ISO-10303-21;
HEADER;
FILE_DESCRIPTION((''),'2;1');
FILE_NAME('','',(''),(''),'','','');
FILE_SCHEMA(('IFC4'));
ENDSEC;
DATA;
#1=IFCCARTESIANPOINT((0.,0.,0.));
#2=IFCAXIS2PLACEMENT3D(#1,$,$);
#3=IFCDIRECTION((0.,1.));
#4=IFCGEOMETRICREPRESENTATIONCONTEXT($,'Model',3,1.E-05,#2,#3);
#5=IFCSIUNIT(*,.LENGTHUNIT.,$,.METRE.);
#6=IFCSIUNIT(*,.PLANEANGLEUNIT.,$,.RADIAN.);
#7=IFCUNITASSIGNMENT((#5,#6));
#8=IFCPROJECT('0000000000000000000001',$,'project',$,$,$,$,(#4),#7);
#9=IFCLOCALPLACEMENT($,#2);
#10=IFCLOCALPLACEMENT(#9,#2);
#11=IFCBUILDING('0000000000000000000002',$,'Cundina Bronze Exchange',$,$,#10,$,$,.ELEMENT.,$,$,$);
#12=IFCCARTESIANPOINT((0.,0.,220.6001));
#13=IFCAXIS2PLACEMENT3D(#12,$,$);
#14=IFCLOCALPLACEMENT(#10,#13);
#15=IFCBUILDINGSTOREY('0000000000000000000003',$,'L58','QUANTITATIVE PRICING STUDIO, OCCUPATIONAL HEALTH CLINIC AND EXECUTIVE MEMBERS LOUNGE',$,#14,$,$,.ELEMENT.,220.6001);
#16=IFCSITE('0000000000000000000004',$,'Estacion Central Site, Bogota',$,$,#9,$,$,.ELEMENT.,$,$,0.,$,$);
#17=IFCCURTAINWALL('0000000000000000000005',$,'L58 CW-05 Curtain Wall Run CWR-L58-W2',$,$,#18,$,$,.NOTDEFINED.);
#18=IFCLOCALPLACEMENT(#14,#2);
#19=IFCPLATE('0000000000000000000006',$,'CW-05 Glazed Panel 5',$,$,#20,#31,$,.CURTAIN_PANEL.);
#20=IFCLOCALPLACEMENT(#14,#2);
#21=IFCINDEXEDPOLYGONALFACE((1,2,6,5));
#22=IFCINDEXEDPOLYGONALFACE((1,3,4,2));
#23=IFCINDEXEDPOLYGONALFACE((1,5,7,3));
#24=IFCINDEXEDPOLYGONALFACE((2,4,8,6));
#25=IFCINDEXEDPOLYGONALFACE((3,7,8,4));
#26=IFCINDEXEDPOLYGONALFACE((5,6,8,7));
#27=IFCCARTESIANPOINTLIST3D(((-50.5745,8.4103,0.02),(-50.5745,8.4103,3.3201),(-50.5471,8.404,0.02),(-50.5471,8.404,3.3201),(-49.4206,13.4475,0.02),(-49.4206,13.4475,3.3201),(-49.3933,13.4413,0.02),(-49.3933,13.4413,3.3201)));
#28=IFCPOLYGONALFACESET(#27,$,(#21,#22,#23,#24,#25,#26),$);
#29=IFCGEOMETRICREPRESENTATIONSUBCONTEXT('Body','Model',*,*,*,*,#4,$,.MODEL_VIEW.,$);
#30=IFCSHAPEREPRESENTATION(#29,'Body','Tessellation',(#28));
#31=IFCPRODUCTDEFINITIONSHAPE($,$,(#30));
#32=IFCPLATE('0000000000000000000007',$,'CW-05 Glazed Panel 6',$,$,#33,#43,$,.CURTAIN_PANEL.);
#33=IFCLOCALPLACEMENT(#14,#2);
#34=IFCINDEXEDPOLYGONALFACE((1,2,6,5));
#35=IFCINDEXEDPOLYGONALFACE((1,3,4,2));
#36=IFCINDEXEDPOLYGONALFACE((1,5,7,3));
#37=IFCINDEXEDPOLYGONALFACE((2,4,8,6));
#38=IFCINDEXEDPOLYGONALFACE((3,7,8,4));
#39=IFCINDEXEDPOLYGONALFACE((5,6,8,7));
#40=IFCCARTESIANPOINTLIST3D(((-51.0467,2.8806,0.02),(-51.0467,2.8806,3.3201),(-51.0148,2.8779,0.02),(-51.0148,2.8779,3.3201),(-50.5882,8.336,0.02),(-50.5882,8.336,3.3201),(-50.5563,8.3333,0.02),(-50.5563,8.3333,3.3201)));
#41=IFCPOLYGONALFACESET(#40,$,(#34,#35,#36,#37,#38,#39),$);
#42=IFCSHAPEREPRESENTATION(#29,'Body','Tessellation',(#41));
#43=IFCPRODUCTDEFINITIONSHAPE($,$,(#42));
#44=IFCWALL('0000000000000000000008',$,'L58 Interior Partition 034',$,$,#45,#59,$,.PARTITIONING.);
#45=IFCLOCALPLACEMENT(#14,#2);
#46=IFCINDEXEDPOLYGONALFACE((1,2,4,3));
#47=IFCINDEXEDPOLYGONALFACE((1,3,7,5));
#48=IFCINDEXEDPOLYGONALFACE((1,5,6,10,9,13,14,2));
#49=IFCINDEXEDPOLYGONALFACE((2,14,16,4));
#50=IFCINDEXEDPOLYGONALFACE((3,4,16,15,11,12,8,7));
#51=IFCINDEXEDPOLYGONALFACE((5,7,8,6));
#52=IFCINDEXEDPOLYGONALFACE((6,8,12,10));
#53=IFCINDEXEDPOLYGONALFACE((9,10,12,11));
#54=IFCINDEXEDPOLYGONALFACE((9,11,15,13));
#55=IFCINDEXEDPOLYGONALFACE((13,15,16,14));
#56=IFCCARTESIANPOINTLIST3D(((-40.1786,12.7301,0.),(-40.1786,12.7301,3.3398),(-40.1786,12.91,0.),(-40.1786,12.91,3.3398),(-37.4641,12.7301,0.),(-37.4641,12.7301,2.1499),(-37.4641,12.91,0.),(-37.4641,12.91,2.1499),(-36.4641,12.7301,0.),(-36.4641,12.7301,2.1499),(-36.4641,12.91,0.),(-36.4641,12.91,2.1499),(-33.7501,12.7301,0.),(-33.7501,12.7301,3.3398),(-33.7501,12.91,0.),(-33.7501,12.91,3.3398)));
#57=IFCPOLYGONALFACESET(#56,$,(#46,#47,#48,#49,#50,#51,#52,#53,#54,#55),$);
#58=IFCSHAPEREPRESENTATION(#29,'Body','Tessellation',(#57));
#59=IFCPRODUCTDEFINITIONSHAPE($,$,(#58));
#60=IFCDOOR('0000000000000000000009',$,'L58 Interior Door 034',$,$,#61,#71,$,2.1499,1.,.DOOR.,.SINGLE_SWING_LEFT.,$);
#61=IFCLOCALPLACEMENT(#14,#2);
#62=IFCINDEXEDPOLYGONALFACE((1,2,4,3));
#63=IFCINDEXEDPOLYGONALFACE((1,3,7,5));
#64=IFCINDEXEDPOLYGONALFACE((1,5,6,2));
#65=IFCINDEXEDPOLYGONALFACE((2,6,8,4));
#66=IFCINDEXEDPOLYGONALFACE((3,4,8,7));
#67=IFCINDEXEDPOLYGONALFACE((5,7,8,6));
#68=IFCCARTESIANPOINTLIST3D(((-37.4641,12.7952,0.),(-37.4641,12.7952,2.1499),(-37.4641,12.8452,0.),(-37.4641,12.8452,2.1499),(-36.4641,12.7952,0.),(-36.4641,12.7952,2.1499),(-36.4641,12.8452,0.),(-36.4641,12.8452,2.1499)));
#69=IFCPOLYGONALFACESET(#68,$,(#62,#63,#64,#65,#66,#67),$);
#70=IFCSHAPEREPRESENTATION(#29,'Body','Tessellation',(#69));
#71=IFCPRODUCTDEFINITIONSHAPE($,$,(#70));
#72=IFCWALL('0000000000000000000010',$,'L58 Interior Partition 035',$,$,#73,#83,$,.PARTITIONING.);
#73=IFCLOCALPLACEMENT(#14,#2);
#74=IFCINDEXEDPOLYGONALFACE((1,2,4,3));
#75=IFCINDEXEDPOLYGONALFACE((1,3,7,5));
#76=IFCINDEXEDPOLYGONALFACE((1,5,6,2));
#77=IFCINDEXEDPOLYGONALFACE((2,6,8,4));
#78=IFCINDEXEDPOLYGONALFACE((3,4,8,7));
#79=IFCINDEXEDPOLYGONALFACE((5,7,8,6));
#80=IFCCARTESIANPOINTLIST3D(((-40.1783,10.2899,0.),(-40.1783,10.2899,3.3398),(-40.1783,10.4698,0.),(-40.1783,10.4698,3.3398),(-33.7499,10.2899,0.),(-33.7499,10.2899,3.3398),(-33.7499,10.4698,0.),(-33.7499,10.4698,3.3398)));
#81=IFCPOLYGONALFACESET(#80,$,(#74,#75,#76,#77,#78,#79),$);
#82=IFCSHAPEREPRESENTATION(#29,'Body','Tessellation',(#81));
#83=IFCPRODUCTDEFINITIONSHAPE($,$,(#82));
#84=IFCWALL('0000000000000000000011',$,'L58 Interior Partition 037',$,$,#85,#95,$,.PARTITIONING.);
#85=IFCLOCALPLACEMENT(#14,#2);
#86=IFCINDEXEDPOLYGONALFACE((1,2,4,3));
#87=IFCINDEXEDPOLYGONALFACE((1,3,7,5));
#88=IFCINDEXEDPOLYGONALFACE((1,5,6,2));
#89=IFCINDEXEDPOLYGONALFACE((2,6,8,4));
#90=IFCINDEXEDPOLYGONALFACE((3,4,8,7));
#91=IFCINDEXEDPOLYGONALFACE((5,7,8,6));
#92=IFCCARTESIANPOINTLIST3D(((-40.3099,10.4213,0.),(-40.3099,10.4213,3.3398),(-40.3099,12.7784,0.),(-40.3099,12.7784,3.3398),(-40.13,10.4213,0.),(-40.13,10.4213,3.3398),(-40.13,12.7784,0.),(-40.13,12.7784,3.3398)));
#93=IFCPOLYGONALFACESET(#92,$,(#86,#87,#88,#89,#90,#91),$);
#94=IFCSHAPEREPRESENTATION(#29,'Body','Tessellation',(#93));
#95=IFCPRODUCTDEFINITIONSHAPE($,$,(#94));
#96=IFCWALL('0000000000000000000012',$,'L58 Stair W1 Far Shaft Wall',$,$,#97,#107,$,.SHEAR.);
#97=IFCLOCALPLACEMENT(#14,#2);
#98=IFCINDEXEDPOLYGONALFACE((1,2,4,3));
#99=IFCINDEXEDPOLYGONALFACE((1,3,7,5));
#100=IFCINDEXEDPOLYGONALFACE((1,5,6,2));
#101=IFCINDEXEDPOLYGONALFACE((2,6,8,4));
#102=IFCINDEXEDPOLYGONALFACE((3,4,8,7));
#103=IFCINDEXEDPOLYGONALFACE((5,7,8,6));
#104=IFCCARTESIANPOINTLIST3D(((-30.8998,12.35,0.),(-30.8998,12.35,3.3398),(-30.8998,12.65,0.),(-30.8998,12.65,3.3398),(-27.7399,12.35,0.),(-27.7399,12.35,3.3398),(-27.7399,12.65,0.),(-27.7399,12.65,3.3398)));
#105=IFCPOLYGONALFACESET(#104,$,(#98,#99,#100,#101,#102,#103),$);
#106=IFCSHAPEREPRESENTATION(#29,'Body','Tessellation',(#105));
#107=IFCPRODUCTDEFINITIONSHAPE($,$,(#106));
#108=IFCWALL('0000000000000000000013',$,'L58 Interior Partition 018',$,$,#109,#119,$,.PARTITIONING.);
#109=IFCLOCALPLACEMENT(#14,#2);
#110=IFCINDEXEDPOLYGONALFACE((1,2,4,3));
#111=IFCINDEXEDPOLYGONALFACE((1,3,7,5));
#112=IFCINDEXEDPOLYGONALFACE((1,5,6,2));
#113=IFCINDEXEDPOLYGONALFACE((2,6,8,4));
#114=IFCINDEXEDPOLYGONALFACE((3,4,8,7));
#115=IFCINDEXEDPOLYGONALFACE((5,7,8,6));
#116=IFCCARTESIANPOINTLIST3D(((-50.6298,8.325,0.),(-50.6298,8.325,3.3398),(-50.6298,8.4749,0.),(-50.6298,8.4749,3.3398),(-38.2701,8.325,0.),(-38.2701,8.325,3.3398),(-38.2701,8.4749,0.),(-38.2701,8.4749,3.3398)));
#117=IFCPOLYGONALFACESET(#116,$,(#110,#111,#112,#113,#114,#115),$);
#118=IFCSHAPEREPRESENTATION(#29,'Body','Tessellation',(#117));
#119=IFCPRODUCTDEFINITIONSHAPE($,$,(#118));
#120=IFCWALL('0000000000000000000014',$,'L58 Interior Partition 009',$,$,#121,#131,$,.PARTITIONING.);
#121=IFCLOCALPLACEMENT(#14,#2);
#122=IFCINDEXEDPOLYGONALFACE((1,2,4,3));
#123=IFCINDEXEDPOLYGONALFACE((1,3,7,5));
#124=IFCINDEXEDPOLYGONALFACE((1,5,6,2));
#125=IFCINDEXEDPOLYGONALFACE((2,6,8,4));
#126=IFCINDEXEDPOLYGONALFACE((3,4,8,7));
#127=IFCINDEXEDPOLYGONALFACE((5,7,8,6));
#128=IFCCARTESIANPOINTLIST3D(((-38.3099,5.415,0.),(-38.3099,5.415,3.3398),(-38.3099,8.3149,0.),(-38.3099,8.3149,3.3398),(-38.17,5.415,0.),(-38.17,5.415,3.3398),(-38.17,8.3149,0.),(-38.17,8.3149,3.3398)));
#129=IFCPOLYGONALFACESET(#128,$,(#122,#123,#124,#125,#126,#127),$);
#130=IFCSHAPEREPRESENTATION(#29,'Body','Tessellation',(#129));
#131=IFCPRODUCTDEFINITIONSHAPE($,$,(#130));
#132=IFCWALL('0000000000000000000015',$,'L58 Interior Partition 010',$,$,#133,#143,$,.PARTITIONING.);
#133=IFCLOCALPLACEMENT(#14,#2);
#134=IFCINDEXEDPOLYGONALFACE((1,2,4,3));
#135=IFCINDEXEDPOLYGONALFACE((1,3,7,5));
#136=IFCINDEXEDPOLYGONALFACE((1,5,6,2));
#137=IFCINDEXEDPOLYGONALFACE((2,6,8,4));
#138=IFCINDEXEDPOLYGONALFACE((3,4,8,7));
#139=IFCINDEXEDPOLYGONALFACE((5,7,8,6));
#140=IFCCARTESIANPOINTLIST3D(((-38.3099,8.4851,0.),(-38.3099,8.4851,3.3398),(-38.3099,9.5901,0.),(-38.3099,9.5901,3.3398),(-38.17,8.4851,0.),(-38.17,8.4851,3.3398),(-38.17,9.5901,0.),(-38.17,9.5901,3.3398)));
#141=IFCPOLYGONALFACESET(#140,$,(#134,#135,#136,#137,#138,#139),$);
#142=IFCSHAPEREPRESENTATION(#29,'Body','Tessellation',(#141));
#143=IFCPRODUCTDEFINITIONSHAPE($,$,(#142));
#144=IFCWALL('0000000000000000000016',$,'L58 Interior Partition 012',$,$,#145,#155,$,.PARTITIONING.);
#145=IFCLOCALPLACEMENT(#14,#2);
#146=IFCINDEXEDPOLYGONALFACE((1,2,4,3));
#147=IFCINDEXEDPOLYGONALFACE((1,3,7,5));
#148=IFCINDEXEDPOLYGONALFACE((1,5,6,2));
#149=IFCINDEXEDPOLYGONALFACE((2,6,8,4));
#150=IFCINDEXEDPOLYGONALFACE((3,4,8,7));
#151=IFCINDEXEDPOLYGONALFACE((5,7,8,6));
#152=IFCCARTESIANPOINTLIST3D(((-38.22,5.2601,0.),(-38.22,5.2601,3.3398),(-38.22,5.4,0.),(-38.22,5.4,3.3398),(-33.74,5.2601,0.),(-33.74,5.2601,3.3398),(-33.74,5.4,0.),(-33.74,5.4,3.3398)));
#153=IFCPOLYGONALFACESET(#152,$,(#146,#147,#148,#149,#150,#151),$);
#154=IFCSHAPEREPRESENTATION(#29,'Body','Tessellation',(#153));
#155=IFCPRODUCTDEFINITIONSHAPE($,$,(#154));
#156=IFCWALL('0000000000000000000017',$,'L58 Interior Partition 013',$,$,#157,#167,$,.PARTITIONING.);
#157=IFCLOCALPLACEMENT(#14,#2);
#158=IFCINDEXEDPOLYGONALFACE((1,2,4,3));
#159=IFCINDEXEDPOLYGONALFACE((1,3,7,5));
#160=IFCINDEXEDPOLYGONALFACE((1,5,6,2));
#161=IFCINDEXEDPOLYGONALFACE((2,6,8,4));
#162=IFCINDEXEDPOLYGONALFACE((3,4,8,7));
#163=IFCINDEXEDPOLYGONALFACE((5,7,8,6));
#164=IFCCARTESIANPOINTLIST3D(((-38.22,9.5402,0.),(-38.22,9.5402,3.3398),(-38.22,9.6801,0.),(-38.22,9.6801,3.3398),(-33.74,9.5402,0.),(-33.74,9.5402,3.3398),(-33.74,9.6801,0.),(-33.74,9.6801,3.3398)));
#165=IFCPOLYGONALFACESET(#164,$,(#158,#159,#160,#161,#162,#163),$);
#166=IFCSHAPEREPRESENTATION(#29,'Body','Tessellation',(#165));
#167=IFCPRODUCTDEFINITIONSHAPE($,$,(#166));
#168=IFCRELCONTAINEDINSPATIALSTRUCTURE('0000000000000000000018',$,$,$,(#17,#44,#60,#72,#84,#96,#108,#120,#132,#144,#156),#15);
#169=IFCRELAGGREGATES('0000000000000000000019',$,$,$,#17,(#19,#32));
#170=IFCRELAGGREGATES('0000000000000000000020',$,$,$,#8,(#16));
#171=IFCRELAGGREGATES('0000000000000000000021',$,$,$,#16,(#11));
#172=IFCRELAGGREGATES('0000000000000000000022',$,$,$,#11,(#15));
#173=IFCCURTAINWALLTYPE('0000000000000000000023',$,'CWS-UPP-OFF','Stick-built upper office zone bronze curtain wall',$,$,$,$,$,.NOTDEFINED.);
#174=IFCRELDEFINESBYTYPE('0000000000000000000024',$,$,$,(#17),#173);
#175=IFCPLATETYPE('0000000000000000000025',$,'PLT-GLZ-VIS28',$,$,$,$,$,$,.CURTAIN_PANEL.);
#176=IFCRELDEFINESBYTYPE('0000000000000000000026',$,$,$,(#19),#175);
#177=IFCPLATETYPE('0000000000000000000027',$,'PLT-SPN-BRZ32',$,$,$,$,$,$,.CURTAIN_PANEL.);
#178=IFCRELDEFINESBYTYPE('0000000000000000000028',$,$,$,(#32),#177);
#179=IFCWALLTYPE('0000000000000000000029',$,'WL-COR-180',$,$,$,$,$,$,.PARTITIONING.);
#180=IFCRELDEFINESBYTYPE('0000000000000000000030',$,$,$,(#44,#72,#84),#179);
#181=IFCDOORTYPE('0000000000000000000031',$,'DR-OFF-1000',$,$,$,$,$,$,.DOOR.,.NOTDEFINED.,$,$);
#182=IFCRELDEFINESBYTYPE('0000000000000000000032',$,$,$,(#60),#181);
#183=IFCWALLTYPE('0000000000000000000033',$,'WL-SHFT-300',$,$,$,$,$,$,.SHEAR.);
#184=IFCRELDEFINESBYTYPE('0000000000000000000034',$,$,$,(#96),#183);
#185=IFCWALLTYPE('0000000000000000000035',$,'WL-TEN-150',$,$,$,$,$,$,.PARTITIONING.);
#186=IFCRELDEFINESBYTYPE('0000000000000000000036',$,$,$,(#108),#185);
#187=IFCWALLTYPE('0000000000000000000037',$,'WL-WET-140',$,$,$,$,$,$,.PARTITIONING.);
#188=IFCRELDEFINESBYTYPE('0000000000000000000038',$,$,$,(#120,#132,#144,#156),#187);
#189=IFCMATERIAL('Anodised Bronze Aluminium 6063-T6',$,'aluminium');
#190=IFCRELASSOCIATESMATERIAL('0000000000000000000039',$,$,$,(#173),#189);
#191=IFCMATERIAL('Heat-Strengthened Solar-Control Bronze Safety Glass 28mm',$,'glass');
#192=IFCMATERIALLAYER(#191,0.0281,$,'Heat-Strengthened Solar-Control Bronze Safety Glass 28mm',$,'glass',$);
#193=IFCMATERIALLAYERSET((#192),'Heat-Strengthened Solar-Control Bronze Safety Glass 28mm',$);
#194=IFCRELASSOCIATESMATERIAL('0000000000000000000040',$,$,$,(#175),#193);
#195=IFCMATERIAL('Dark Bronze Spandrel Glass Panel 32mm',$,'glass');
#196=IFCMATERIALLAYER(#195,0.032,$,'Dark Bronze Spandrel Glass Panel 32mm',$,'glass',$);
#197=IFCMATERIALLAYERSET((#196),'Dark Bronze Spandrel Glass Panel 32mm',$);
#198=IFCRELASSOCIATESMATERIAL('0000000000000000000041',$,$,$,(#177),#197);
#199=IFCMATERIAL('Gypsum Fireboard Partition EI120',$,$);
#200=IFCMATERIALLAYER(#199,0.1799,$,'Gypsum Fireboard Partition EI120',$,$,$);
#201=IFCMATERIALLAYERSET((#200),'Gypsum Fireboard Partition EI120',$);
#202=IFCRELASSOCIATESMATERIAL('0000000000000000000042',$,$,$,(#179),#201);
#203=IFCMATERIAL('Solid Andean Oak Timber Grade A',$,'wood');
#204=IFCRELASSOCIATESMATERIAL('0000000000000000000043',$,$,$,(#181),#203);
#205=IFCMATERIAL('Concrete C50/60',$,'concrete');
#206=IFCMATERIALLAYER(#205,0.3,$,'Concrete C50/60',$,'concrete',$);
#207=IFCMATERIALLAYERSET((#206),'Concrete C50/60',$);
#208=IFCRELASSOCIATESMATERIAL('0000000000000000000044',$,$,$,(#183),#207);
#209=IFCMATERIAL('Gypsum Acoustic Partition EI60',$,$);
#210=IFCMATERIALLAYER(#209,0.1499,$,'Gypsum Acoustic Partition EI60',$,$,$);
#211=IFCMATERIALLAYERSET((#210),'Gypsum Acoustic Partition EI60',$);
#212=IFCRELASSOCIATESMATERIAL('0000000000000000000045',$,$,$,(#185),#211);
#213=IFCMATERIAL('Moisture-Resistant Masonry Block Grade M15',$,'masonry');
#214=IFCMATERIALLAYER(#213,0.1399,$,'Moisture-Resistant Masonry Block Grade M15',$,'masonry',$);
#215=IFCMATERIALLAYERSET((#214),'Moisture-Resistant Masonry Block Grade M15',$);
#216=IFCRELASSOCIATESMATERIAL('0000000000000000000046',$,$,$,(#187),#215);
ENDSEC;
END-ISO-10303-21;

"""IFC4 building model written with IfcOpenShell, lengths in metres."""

from ifc_helpers import new_model, si_unit, direction, frame, frame_2d, origin, origin_2d, place, context, subcontext, project, spatial, rectangle, extrude, material, layer, layer_set, type_object, element, fill, aggregate, save


model = new_model("IFC4")

# Units and contexts
model_context = context("Model", 3, precision=1e-05, world=origin(), true_north=direction((0.0, 1.0)))
body_context = subcontext(model_context, "Body", "Model", "MODEL_VIEW")
ifc_project = project(units=[si_unit("LENGTHUNIT", "METRE"), si_unit("PLANEANGLEUNIT", "RADIAN")], contexts=[model_context])

# Site, building, storey
site_placement = place(None, origin())
site = spatial("IfcSite", under=ifc_project, at=site_placement, Name="Estacion Central Site, Bogota", CompositionType="ELEMENT", RefElevation=0.0)
building_placement = place(site_placement, origin())
building = spatial("IfcBuilding", under=site, at=building_placement, Name="Cundina Bronze Exchange", CompositionType="ELEMENT")
storey_placement = place(building_placement, frame((0.0, 0.0, 220.6001)))
storey = spatial("IfcBuildingStorey", under=building, at=storey_placement, Name="L58", Description="QUANTITATIVE PRICING STUDIO, OCCUPATIONAL HEALTH CLINIC AND EXECUTIVE MEMBERS LOUNGE", CompositionType="ELEMENT", Elevation=220.6001)

# Shared definitions
ifc_material_1 = material(Name="Concrete C50/60", Category="concrete")

# Curtain wall, plates
ifc_material_2 = material(Name="Anodised Bronze Aluminium 6063-T6", Category="aluminium")
curtain_wall_type = type_object("IfcCurtainWallType", Name="CWS-UPP-OFF", Description="Stick-built upper office zone bronze curtain wall", PredefinedType="NOTDEFINED", material=ifc_material_2)
curtain_wall_placement = place(storey_placement, origin())
curtain_wall = element("IfcCurtainWall", 1, at=curtain_wall_placement, inside=storey, type_object=curtain_wall_type, Name="L58 CW-05 Curtain Wall Run CWR-L58-W2", PredefinedType="NOTDEFINED")
ifc_material_3 = material(Name="Heat-Strengthened Solar-Control Bronze Safety Glass 28mm", Category="glass")
ifc_layer_1 = layer(ifc_material_3, 0.0281, Name="Heat-Strengthened Solar-Control Bronze Safety Glass 28mm", Category="glass")
ifc_layer_set_1 = layer_set([ifc_layer_1], Name="Heat-Strengthened Solar-Control Bronze Safety Glass 28mm")
plate_type_1 = type_object("IfcPlateType", Name="PLT-GLZ-VIS28", PredefinedType="CURTAIN_PANEL", material=ifc_layer_set_1)
plate_1_placement = place(storey_placement, frame((-49.9839, 10.9258, 0.02), z_axis=(0.0, 0.0, 1.0), x_axis=(-0.223284, -0.974753, 0.0)))
plate_1 = element("IfcPlate", 2, at=plate_1_placement, type_object=plate_type_1, Name="CW-05 Glazed Panel 5", PredefinedType="CURTAIN_PANEL", context=body_context, shape_type="SweptSolid", body=[
    extrude(rectangle(XDim=5.1677, YDim=0.0281, at=origin_2d()), origin(), (0.0, 0.0, 1.0), 3.3),
])
ifc_material_4 = material(Name="Dark Bronze Spandrel Glass Panel 32mm", Category="glass")
ifc_layer_2 = layer(ifc_material_4, 0.032, Name="Dark Bronze Spandrel Glass Panel 32mm", Category="glass")
ifc_layer_set_2 = layer_set([ifc_layer_2], Name="Dark Bronze Spandrel Glass Panel 32mm")
plate_type_2 = type_object("IfcPlateType", Name="PLT-SPN-BRZ32", PredefinedType="CURTAIN_PANEL", material=ifc_layer_set_2)
plate_2_placement = place(storey_placement, frame((-50.8015, 5.6069, 0.02), z_axis=(0.0, 0.0, 1.0), x_axis=(-0.083747, -0.996487, 0.0)))
plate_2 = element("IfcPlate", 3, at=plate_2_placement, type_object=plate_type_2, Name="CW-05 Glazed Panel 6", PredefinedType="CURTAIN_PANEL", context=body_context, shape_type="SweptSolid", body=[
    extrude(rectangle(XDim=5.4746, YDim=0.032, at=origin_2d()), origin(), (0.0, 0.0, 1.0), 3.3),
])
aggregate(curtain_wall, [plate_1, plate_2])

# Wall, opening, door
ifc_material_5 = material(Name="Gypsum Fireboard Partition EI120")
ifc_layer_3 = layer(ifc_material_5, 0.1799, Name="Gypsum Fireboard Partition EI120")
ifc_layer_set_3 = layer_set([ifc_layer_3], Name="Gypsum Fireboard Partition EI120")
wall_type_1 = type_object("IfcWallType", Name="WL-COR-180", PredefinedType="PARTITIONING", material=ifc_layer_set_3)
ifc_material_6 = material(Name="Solid Andean Oak Timber Grade A", Category="wood")
door_type_1 = type_object("IfcDoorType", Name="DR-OFF-1000", OperationType="NOTDEFINED", PredefinedType="DOOR", material=ifc_material_6)
wall_1_placement = place(storey_placement, frame((-33.75, 12.8201, 0.0), z_axis=(0.0, 0.0, 1.0), x_axis=(-1.0, 0.0, 0.0)))
wall_1 = element("IfcWall", 4, at=wall_1_placement, inside=storey, type_object=wall_type_1, Name="L58 Interior Partition 034", PredefinedType="PARTITIONING", context=body_context, shape_type="SweptSolid", body=[
    extrude(rectangle(XDim=6.4285, YDim=0.1799, at=frame_2d((3.2144, 0.0))), origin(), (0.0, 0.0, 1.0), 3.3398),
])
opening_1_placement = place(wall_1_placement, frame((2.7141, 0.0, 0.0)))
opening_1 = element("IfcOpeningElement", 5, at=opening_1_placement, cuts=wall_1, PredefinedType="OPENING", context=body_context, shape_type="SweptSolid", body=[
    extrude(rectangle(XDim=1.0, YDim=2.1499, at=frame_2d((0.5, 1.075))), frame((0.0, 0.0999, 0.0), z_axis=(0.0, -1.0, 0.0), x_axis=(1.0, 0.0, 0.0)), (0.0, 0.0, 1.0), 0.2),
])
door_1_placement = place(opening_1_placement, origin())
door_1 = element("IfcDoor", 6, at=door_1_placement, inside=storey, type_object=door_type_1, Name="L58 Interior Door 034", OperationType="SINGLE_SWING_LEFT", OverallHeight=2.1499, OverallWidth=1.0, PredefinedType="DOOR", context=body_context, shape_type="SweptSolid", body=[
    extrude(rectangle(XDim=1.0, YDim=2.1499, at=frame_2d((0.5, 1.075))), frame((0.0, 0.0249, 0.0), z_axis=(0.0, -1.0, 0.0), x_axis=(1.0, 0.0, 0.0)), (0.0, 0.0, 1.0), 0.05),
])
fill(opening_1, door_1)

# Walls
wall_2_placement = place(storey_placement, frame((-40.1785, 10.3799, 0.0), z_axis=(0.0, 0.0, 1.0), x_axis=(1.0, 0.0, 0.0)))
element("IfcWall", 7, at=wall_2_placement, inside=storey, type_object=wall_type_1, Name="L58 Interior Partition 035", PredefinedType="PARTITIONING", context=body_context, shape_type="SweptSolid", body=[
    extrude(rectangle(XDim=6.4285, YDim=0.1799, at=frame_2d((3.2144, 0.0))), origin(), (0.0, 0.0, 1.0), 3.3398),
])
wall_3_placement = place(storey_placement, frame((-40.22, 12.7786, 0.0), z_axis=(0.0, 0.0, 1.0), x_axis=(0.0, -1.0, 0.0)))
element("IfcWall", 8, at=wall_3_placement, inside=storey, type_object=wall_type_1, Name="L58 Interior Partition 037", PredefinedType="PARTITIONING", context=body_context, shape_type="SweptSolid", body=[
    extrude(rectangle(XDim=2.3572, YDim=0.1799, at=frame_2d((1.1787, 0.0))), origin(), (0.0, 0.0, 1.0), 3.3398),
])

# Shared definitions
ifc_layer_4 = layer(ifc_material_1, 0.3, Name="Concrete C50/60", Category="concrete")
ifc_layer_set_4 = layer_set([ifc_layer_4], Name="Concrete C50/60")
wall_type_2 = type_object("IfcWallType", Name="WL-SHFT-300", PredefinedType="SHEAR", material=ifc_layer_set_4)

# Walls
wall_4_placement = place(storey_placement, frame((-30.8999, 12.5, 0.0), z_axis=(0.0, 0.0, 1.0), x_axis=(1.0, 0.0, 0.0)))
element("IfcWall", 9, at=wall_4_placement, inside=storey, type_object=wall_type_2, Name="L58 Stair W1 Far Shaft Wall", PredefinedType="SHEAR", context=body_context, shape_type="SweptSolid", body=[
    extrude(rectangle(XDim=3.1599, YDim=0.3, at=frame_2d((1.5801, 0.0))), origin(), (0.0, 0.0, 1.0), 3.3398),
])
ifc_material_7 = material(Name="Gypsum Acoustic Partition EI60")
ifc_layer_5 = layer(ifc_material_7, 0.1499, Name="Gypsum Acoustic Partition EI60")
ifc_layer_set_5 = layer_set([ifc_layer_5], Name="Gypsum Acoustic Partition EI60")
wall_type_3 = type_object("IfcWallType", Name="WL-TEN-150", PredefinedType="PARTITIONING", material=ifc_layer_set_5)
wall_5_placement = place(storey_placement, frame((-50.6296, 8.3999, 0.0), z_axis=(0.0, 0.0, 1.0), x_axis=(1.0, 0.0, 0.0)))
element("IfcWall", 10, at=wall_5_placement, inside=storey, type_object=wall_type_3, Name="L58 Interior Partition 018", PredefinedType="PARTITIONING", context=body_context, shape_type="SweptSolid", body=[
    extrude(rectangle(XDim=12.3596, YDim=0.1499, at=frame_2d((6.1797, 0.0))), origin(), (0.0, 0.0, 1.0), 3.3398),
])
ifc_material_8 = material(Name="Moisture-Resistant Masonry Block Grade M15", Category="masonry")
ifc_layer_6 = layer(ifc_material_8, 0.1399, Name="Moisture-Resistant Masonry Block Grade M15", Category="masonry")
ifc_layer_set_6 = layer_set([ifc_layer_6], Name="Moisture-Resistant Masonry Block Grade M15")
wall_type_4 = type_object("IfcWallType", Name="WL-WET-140", PredefinedType="PARTITIONING", material=ifc_layer_set_6)
wall_6_placement = place(storey_placement, frame((-38.24, 5.415, 0.0), z_axis=(0.0, 0.0, 1.0), x_axis=(0.0, 1.0, 0.0)))
element("IfcWall", 11, at=wall_6_placement, inside=storey, type_object=wall_type_4, Name="L58 Interior Partition 009", PredefinedType="PARTITIONING", context=body_context, shape_type="SweptSolid", body=[
    extrude(rectangle(XDim=2.8999, YDim=0.1399, at=frame_2d((1.45, 0.0))), origin(), (0.0, 0.0, 1.0), 3.3398),
])
wall_7_placement = place(storey_placement, frame((-38.24, 8.4851, 0.0), z_axis=(0.0, 0.0, 1.0), x_axis=(0.0, 1.0, 0.0)))
element("IfcWall", 12, at=wall_7_placement, inside=storey, type_object=wall_type_4, Name="L58 Interior Partition 010", PredefinedType="PARTITIONING", context=body_context, shape_type="SweptSolid", body=[
    extrude(rectangle(XDim=1.105, YDim=0.1399, at=frame_2d((0.5525, 0.0))), origin(), (0.0, 0.0, 1.0), 3.3398),
])
for number, where, z_axis, x_axis, name in (
    (13, (-38.22, 5.3301, 0.0), (0.0, 0.0, 1.0), (1.0, 0.0, 0.0), "L58 Interior Partition 012"),
    (14, (-38.22, 9.6101, 0.0), (0.0, 0.0, 1.0), (1.0, 0.0, 0.0), "L58 Interior Partition 013"),
):
    element("IfcWall", number, at=place(storey_placement, frame(where, z_axis=z_axis, x_axis=x_axis)), inside=storey, type_object=wall_type_4, Name=name, PredefinedType="PARTITIONING", context=body_context, shape_type="SweptSolid", body=[
        extrude(rectangle(XDim=4.48, YDim=0.1399, at=frame_2d((2.24, 0.0))), origin(), (0.0, 0.0, 1.0), 3.3398),
    ])

save(model, "model.ifc")
